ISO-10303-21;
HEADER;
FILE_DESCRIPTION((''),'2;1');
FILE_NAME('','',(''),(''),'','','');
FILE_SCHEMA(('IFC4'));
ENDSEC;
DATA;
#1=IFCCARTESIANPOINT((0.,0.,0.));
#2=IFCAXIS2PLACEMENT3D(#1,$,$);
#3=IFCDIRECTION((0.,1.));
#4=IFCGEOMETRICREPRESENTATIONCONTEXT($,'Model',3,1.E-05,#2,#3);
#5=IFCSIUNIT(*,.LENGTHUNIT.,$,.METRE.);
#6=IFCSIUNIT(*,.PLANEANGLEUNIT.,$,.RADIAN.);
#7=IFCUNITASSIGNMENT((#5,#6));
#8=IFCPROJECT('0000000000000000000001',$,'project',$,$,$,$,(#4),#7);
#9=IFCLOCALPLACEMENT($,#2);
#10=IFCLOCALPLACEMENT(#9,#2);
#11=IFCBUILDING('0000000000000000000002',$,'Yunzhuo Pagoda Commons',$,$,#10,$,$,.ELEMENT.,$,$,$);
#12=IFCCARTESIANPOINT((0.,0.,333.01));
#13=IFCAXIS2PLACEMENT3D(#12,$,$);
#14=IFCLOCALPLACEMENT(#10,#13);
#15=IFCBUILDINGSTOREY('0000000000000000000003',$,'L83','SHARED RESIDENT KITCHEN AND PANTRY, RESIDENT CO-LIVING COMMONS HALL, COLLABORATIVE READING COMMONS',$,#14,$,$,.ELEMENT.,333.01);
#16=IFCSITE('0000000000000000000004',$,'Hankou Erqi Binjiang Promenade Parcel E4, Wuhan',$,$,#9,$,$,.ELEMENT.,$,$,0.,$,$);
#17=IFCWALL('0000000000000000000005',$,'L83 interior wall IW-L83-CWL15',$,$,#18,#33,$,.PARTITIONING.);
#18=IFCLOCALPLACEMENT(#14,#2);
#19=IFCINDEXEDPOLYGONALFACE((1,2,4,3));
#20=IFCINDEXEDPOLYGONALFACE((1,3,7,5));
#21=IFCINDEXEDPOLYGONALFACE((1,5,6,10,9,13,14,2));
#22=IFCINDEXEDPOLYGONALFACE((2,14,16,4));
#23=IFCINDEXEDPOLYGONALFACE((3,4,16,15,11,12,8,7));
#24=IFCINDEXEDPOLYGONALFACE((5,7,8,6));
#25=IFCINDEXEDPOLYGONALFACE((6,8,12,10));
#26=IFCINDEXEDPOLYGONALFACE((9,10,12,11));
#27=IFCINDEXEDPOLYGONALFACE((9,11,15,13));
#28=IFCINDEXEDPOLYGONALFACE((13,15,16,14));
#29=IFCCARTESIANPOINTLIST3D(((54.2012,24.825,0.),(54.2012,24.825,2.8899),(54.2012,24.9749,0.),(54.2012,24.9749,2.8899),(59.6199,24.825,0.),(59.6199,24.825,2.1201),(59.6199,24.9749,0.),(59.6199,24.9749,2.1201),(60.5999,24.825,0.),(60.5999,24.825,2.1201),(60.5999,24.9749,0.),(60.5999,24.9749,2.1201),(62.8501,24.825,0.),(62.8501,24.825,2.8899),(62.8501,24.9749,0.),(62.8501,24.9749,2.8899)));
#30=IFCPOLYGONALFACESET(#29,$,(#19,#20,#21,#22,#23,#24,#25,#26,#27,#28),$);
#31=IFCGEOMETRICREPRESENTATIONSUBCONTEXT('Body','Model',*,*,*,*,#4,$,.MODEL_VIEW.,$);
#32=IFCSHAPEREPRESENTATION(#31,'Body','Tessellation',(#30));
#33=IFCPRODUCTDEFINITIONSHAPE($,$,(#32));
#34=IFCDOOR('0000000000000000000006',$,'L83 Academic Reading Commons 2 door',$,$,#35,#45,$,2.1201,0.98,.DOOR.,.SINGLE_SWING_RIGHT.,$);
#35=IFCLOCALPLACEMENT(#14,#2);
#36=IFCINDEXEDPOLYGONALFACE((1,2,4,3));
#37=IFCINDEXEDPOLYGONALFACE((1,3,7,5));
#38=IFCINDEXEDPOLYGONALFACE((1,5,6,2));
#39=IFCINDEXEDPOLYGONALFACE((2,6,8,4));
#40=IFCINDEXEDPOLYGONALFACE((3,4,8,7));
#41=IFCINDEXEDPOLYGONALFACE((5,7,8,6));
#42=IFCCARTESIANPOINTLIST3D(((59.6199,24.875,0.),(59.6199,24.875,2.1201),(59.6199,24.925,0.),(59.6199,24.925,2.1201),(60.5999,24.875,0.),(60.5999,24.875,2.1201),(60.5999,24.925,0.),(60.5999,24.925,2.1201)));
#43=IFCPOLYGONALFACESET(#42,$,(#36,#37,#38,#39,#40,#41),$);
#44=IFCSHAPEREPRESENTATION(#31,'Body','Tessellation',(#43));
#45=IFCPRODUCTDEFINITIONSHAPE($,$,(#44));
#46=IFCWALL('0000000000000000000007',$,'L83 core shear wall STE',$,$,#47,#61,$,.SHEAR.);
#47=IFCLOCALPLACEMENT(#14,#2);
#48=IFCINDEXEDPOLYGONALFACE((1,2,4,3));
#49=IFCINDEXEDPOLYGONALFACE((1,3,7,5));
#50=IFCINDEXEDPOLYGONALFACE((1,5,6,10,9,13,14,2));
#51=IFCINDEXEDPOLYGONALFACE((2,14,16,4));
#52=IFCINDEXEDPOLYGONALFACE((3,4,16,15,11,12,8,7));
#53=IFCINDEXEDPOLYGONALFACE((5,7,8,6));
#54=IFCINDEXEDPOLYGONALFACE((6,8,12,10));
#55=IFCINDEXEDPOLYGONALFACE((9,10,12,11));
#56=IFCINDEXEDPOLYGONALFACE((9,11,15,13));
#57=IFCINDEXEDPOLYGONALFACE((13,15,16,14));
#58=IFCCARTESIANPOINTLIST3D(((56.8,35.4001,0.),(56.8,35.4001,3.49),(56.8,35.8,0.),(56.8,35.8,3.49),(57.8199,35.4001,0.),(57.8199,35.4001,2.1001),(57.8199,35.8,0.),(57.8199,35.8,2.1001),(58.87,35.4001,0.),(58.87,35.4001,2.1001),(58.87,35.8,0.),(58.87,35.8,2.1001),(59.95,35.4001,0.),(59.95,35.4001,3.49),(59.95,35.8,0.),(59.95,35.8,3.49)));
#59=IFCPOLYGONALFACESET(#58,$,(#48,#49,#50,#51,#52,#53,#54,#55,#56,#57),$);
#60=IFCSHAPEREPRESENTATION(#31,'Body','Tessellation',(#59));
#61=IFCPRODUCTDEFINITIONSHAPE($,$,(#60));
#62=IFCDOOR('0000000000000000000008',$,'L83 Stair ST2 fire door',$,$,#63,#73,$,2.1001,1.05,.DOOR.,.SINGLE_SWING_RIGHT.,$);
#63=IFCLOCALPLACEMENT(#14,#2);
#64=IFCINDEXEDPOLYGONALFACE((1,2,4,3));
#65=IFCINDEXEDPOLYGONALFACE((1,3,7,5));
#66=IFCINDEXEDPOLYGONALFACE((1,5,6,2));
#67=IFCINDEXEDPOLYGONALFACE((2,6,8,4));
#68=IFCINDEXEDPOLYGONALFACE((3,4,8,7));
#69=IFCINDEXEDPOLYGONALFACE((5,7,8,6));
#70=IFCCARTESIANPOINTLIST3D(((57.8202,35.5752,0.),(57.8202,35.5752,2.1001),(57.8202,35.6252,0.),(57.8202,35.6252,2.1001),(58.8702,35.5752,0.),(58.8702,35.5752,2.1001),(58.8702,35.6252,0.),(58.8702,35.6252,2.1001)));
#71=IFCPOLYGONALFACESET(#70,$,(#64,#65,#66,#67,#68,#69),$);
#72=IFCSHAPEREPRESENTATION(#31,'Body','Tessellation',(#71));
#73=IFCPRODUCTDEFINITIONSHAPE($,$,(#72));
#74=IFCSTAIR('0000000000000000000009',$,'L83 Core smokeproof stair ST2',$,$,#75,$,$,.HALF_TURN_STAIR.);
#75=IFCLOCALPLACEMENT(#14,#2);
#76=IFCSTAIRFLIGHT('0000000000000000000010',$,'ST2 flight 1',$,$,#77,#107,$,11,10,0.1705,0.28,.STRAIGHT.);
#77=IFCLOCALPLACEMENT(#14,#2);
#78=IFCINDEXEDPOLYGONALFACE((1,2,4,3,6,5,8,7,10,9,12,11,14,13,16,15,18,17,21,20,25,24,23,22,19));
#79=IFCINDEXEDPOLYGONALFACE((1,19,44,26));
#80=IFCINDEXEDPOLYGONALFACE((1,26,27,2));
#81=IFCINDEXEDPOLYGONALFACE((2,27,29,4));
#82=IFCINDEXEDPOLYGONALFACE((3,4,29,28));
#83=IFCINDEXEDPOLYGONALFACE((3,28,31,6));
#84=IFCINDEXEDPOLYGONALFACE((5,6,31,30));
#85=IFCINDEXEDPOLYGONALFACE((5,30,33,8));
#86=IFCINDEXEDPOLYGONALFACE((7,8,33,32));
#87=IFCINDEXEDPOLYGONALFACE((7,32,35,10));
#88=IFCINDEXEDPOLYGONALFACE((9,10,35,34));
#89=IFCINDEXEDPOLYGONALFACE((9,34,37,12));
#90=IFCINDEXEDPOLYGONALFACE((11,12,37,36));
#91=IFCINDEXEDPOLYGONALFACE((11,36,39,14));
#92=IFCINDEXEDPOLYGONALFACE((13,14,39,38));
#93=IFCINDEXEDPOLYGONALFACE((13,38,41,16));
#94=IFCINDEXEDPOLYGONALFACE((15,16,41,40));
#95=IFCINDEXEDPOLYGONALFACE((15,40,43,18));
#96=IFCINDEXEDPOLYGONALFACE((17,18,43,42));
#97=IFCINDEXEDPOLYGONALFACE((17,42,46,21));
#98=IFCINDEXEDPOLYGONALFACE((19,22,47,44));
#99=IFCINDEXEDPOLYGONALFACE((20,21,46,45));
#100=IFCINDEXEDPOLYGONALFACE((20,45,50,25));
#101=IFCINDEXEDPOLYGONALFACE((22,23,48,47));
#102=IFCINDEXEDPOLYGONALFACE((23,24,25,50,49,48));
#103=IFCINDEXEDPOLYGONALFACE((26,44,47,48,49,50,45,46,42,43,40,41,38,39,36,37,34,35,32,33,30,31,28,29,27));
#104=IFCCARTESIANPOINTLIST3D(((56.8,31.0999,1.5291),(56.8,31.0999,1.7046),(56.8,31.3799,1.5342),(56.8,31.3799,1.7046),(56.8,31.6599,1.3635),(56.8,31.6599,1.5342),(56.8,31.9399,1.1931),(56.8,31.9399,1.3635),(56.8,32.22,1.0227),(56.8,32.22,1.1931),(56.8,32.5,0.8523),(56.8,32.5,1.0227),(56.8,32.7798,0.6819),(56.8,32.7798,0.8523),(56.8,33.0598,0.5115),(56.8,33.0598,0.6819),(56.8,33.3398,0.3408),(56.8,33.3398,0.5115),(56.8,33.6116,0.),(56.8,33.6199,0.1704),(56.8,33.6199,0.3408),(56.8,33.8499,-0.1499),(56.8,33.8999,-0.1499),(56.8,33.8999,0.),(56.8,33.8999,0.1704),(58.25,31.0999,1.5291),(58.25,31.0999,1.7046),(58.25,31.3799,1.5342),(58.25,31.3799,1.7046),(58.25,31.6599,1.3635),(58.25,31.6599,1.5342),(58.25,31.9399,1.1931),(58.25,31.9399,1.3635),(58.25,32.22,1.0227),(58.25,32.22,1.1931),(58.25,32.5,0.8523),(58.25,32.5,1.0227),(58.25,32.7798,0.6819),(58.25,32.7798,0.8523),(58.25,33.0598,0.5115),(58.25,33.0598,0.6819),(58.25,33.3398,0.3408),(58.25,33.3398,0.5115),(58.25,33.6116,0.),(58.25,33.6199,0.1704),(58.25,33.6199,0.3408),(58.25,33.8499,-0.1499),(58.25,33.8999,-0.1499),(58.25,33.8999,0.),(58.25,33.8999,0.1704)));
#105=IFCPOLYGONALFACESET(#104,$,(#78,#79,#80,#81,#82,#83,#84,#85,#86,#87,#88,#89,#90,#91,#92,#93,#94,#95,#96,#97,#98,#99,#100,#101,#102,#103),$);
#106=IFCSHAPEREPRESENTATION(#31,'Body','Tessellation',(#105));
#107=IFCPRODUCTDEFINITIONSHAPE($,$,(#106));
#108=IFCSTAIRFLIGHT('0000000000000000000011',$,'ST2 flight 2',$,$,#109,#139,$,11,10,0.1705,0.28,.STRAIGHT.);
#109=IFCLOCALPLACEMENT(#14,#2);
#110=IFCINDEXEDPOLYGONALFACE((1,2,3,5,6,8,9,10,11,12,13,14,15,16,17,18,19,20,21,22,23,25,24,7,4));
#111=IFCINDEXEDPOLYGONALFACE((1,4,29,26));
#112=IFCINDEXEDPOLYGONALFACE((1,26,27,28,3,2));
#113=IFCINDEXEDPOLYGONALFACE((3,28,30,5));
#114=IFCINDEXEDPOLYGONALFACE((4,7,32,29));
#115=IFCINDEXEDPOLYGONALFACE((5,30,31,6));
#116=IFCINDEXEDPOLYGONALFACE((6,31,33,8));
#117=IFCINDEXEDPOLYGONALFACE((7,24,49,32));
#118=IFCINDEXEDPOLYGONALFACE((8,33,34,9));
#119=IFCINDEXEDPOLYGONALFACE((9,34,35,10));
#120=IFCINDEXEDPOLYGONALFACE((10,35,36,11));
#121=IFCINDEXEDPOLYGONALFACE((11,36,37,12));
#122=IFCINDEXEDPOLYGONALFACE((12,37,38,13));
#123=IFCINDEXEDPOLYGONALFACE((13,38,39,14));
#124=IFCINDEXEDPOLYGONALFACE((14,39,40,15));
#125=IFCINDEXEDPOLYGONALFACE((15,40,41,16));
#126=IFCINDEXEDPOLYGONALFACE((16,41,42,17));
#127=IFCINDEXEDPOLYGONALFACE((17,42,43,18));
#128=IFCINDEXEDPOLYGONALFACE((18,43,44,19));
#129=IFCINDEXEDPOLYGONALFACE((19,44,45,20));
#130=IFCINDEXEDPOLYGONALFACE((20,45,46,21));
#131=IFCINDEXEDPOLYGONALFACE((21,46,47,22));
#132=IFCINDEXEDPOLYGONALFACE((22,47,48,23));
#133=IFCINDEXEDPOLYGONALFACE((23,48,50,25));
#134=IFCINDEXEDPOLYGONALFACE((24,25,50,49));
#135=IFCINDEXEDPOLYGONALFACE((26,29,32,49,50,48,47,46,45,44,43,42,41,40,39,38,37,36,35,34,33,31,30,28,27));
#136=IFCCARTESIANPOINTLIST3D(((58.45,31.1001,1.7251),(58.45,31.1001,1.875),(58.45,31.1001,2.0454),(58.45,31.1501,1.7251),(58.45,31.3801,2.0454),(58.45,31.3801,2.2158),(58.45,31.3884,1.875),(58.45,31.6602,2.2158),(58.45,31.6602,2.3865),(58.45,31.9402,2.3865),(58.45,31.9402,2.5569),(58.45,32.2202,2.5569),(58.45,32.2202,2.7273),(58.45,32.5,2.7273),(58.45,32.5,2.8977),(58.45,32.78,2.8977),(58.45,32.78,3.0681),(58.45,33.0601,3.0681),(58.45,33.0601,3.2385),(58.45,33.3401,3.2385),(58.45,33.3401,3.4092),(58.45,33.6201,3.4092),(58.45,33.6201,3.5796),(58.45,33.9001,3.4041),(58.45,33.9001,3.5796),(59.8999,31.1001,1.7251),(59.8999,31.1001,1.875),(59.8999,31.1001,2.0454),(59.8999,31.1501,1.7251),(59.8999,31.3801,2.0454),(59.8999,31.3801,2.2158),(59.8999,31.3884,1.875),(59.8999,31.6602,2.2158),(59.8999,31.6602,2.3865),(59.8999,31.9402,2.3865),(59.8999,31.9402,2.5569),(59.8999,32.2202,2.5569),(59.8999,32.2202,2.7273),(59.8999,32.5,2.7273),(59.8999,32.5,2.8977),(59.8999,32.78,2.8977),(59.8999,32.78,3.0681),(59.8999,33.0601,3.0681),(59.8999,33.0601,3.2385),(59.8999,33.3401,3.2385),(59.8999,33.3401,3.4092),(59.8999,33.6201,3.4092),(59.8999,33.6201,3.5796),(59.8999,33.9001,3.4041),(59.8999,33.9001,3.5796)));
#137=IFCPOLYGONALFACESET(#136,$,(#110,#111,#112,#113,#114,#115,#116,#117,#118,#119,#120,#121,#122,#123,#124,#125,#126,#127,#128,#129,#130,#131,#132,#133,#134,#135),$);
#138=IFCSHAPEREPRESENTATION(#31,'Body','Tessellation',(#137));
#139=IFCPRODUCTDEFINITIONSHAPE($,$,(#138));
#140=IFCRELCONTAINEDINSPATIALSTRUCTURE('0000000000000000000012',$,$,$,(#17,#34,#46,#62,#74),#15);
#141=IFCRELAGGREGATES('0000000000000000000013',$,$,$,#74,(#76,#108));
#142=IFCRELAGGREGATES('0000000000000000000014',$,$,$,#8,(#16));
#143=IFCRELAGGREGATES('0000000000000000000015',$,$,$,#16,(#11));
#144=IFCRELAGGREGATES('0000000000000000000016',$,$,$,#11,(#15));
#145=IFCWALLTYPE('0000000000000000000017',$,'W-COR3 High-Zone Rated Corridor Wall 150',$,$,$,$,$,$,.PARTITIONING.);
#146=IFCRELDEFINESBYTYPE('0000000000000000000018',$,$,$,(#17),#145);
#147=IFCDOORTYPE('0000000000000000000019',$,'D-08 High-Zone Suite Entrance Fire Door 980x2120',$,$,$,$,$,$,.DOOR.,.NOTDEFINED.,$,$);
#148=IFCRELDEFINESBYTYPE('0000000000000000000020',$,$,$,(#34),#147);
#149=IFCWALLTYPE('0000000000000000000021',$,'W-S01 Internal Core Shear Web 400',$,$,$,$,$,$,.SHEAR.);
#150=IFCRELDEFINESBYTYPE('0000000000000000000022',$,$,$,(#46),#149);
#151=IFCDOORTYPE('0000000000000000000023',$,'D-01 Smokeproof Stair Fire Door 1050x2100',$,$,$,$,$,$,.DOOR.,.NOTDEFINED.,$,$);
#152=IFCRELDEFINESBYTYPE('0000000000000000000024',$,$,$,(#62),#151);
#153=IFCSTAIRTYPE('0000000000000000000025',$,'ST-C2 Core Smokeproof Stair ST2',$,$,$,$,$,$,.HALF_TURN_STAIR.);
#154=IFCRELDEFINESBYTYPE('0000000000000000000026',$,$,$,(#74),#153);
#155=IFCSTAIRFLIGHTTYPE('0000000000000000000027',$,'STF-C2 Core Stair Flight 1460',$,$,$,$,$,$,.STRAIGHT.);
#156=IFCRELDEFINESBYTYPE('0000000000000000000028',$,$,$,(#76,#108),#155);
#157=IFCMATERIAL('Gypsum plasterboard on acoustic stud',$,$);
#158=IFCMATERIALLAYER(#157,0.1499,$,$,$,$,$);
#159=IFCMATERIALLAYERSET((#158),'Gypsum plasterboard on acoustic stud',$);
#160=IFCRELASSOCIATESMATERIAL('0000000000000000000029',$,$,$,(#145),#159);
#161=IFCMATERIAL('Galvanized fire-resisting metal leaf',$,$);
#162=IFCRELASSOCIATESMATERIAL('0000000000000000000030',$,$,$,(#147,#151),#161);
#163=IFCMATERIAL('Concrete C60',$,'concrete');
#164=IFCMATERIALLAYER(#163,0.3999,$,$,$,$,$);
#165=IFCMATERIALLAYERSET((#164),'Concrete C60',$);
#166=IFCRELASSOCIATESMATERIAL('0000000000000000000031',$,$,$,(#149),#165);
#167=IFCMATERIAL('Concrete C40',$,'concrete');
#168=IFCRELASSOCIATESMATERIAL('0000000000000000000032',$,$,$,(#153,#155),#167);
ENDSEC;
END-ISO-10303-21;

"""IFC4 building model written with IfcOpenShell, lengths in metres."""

from ifc_helpers import new_model, si_unit, direction, frame, frame_2d, origin, origin_with_axes, place, context, subcontext, project, spatial, polyline, rectangle, outline, extrude, source, transform, mapped, material, layer, layer_set, type_object, element, fill, aggregate, save


model = new_model("IFC4")

# Units and contexts
model_context = context("Model", 3, precision=1e-05, world=origin(), true_north=direction((0.0, 1.0)))
body_context = subcontext(model_context, "Body", "Model", "MODEL_VIEW")
ifc_project = project(units=[si_unit("LENGTHUNIT", "METRE"), si_unit("PLANEANGLEUNIT", "RADIAN")], contexts=[model_context])

# Site, building, storey
site_placement = place(None, origin())
site = spatial("IfcSite", under=ifc_project, at=site_placement, Name="Hankou Erqi Binjiang Promenade Parcel E4, Wuhan", CompositionType="ELEMENT", RefElevation=0.0)
building_placement = place(site_placement, origin())
building = spatial("IfcBuilding", under=site, at=building_placement, Name="Yunzhuo Pagoda Commons", CompositionType="ELEMENT")
storey_placement = place(building_placement, frame((0.0, 0.0, 333.01)))
storey = spatial("IfcBuildingStorey", under=building, at=storey_placement, Name="L83", Description="SHARED RESIDENT KITCHEN AND PANTRY, RESIDENT CO-LIVING COMMONS HALL, COLLABORATIVE READING COMMONS", CompositionType="ELEMENT", Elevation=333.01)

# Shared definitions
ifc_material_1 = material(Name="Gypsum plasterboard on acoustic stud")
ifc_layer_1 = layer(ifc_material_1, 0.1499)
ifc_layer_set_1 = layer_set([ifc_layer_1], Name="Gypsum plasterboard on acoustic stud")
wall_type_1 = type_object("IfcWallType", Name="W-COR3 High-Zone Rated Corridor Wall 150", PredefinedType="PARTITIONING", material=ifc_layer_set_1)

# Walls, openings, doors
wall_1_placement = place(storey_placement, frame((62.8501, 24.8999, 0.0), z_axis=(0.0, 0.0, 1.0), x_axis=(-1.0, 0.0, 0.0)))
wall_1 = element("IfcWall", 1, at=wall_1_placement, inside=storey, type_object=wall_type_1, Name="L83 interior wall IW-L83-CWL15", PredefinedType="PARTITIONING", context=body_context, shape_type="SweptSolid", body=[
    extrude(rectangle(XDim=8.6489, YDim=0.1499, at=frame_2d((4.3245, 0.0))), origin(), (0.0, 0.0, 1.0), 2.8899),
])
opening_1_placement = place(wall_1_placement, frame((2.2502, 0.0, 0.0)))
opening_1 = element("IfcOpeningElement", 2, at=opening_1_placement, cuts=wall_1, PredefinedType="OPENING", context=body_context, shape_type="SweptSolid", body=[
    extrude(rectangle(XDim=0.98, YDim=2.1201, at=frame_2d((0.49, 1.0601))), frame((0.0, 0.085, 0.0), z_axis=(0.0, -1.0, 0.0), x_axis=(1.0, 0.0, 0.0)), (0.0, 0.0, 1.0), 0.1699),
])
ifc_material_2 = material(Name="Galvanized fire-resisting metal leaf")
door_type_1 = type_object("IfcDoorType", Name="D-08 High-Zone Suite Entrance Fire Door 980x2120", OperationType="NOTDEFINED", PredefinedType="DOOR", material=ifc_material_2)
shared_shape_1 = source(origin(), body_context, "Body", "SweptSolid", [
    extrude(rectangle(XDim=0.98, YDim=2.1201, at=frame_2d((0.49, 1.0601))), frame((0.0, 0.0249, 0.0), z_axis=(0.0, -1.0, 0.0), x_axis=(1.0, 0.0, 0.0)), (0.0, 0.0, 1.0), 0.05),
])
door_1_placement = place(opening_1_placement, origin_with_axes())
door_1 = element("IfcDoor", 3, at=door_1_placement, inside=storey, type_object=door_type_1, Name="L83 Academic Reading Commons 2 door", OperationType="SINGLE_SWING_RIGHT", OverallHeight=2.1201, OverallWidth=0.98, PredefinedType="DOOR", context=body_context, shape_type="MappedRepresentation", body=[
    mapped(shared_shape_1, transform((0.0, 0.0, 0.0), scale=1.0)),
])
fill(opening_1, door_1)
ifc_material_3 = material(Name="Concrete C60", Category="concrete")
ifc_layer_2 = layer(ifc_material_3, 0.3999)
ifc_layer_set_2 = layer_set([ifc_layer_2], Name="Concrete C60")
wall_type_2 = type_object("IfcWallType", Name="W-S01 Internal Core Shear Web 400", PredefinedType="SHEAR", material=ifc_layer_set_2)
wall_2_placement = place(storey_placement, frame((56.8, 35.6001, 0.0), z_axis=(0.0, 0.0, 1.0), x_axis=(1.0, 0.0, 0.0)))
wall_2 = element("IfcWall", 4, at=wall_2_placement, inside=storey, type_object=wall_type_2, Name="L83 core shear wall STE", PredefinedType="SHEAR", context=body_context, shape_type="SweptSolid", body=[
    extrude(rectangle(XDim=3.1499, YDim=0.3999, at=frame_2d((1.575, 0.0))), origin(), (0.0, 0.0, 1.0), 3.49),
])
opening_2_placement = place(wall_2_placement, frame((1.02, 0.0, 0.0)))
opening_2 = element("IfcOpeningElement", 5, at=opening_2_placement, cuts=wall_2, PredefinedType="OPENING", context=body_context, shape_type="SweptSolid", body=[
    extrude(rectangle(XDim=1.05, YDim=2.1001, at=frame_2d((0.5249, 1.05))), frame((0.0, 0.21, 0.0), z_axis=(0.0, -1.0, 0.0), x_axis=(1.0, 0.0, 0.0)), (0.0, 0.0, 1.0), 0.4199),
])
door_type_2 = type_object("IfcDoorType", Name="D-01 Smokeproof Stair Fire Door 1050x2100", OperationType="NOTDEFINED", PredefinedType="DOOR", material=ifc_material_2)
shared_shape_2 = source(origin(), body_context, "Body", "SweptSolid", [
    extrude(rectangle(XDim=1.05, YDim=2.1001, at=frame_2d((0.5249, 1.05))), frame((0.0, 0.0249, 0.0), z_axis=(0.0, -1.0, 0.0), x_axis=(1.0, 0.0, 0.0)), (0.0, 0.0, 1.0), 0.05),
])
door_2_placement = place(opening_2_placement, frame((1.05, 0.0, 0.0), z_axis=(0.0, 0.0, 1.0), x_axis=(-1.0, 0.0, 0.0)))
door_2 = element("IfcDoor", 6, at=door_2_placement, inside=storey, type_object=door_type_2, Name="L83 Stair ST2 fire door", OperationType="SINGLE_SWING_RIGHT", OverallHeight=2.1001, OverallWidth=1.05, PredefinedType="DOOR", context=body_context, shape_type="MappedRepresentation", body=[
    mapped(shared_shape_2, transform((0.0, 0.0, 0.0), scale=1.0)),
])
fill(opening_2, door_2)

# Stair, stair flights
ifc_material_4 = material(Name="Concrete C40", Category="concrete")
stair_type = type_object("IfcStairType", Name="ST-C2 Core Smokeproof Stair ST2", PredefinedType="HALF_TURN_STAIR", material=ifc_material_4)
stair_placement = place(storey_placement, origin())
stair = element("IfcStair", 7, at=stair_placement, inside=storey, type_object=stair_type, Name="L83 Core smokeproof stair ST2", PredefinedType="HALF_TURN_STAIR")
stair_flight_type = type_object("IfcStairFlightType", Name="STF-C2 Core Stair Flight 1460", PredefinedType="STRAIGHT", material=ifc_material_4)
shared_shape_3 = source(origin(), body_context, "Body", "SweptSolid", [
    extrude(outline(polyline([(0.0, -0.1499), (0.0, 0.0), (0.0, 0.1704), (0.28, 0.1704), (0.28, 0.3408), (0.5601, 0.3408), (0.5601, 0.5115), (0.8401, 0.5115), (0.8401, 0.6819), (1.1201, 0.6819), (1.1201, 0.8523), (1.3999, 0.8523), (1.3999, 1.0227), (1.6799, 1.0227), (1.6799, 1.1931), (1.96, 1.1931), (1.96, 1.3635), (2.24, 1.3635), (2.24, 1.5342), (2.52, 1.5342), (2.52, 1.7046), (2.8, 1.7046), (2.8, 1.875), (2.8, 1.5291), (0.2883, 0.0), (0.05, -0.1499), (0.0, -0.1499)])), frame((0.0, 0.7251, 0.0), z_axis=(0.0, -1.0, 0.0), x_axis=(1.0, 0.0, 0.0)), (0.0, 0.0, 1.0), 1.45),
])
stair_flight_1_placement = place(storey_placement, frame((57.5249, 33.8999, 0.0), z_axis=(0.0, 0.0, 1.0), x_axis=(0.0, -1.0, 0.0)))
stair_flight_1 = element("IfcStairFlight", 8, at=stair_flight_1_placement, type_object=stair_flight_type, Name="ST2 flight 1", NumberOfRisers=11, NumberOfTreads=10, PredefinedType="STRAIGHT", RiserHeight=0.1705, TreadLength=0.28, context=body_context, shape_type="MappedRepresentation", body=[
    mapped(shared_shape_3, transform((0.0, 0.0, 0.0), scale=1.0)),
])
stair_flight_2_placement = place(storey_placement, frame((59.175, 31.1001, 1.875), z_axis=(0.0, 0.0, 1.0), x_axis=(0.0, 1.0, 0.0)))
stair_flight_2 = element("IfcStairFlight", 9, at=stair_flight_2_placement, type_object=stair_flight_type, Name="ST2 flight 2", NumberOfRisers=11, NumberOfTreads=10, PredefinedType="STRAIGHT", RiserHeight=0.1705, TreadLength=0.28, context=body_context, shape_type="MappedRepresentation", body=[
    mapped(shared_shape_3, transform((0.0, 0.0, 0.0), scale=1.0)),
])
aggregate(stair, [stair_flight_1, stair_flight_2])

save(model, "model.ifc")
